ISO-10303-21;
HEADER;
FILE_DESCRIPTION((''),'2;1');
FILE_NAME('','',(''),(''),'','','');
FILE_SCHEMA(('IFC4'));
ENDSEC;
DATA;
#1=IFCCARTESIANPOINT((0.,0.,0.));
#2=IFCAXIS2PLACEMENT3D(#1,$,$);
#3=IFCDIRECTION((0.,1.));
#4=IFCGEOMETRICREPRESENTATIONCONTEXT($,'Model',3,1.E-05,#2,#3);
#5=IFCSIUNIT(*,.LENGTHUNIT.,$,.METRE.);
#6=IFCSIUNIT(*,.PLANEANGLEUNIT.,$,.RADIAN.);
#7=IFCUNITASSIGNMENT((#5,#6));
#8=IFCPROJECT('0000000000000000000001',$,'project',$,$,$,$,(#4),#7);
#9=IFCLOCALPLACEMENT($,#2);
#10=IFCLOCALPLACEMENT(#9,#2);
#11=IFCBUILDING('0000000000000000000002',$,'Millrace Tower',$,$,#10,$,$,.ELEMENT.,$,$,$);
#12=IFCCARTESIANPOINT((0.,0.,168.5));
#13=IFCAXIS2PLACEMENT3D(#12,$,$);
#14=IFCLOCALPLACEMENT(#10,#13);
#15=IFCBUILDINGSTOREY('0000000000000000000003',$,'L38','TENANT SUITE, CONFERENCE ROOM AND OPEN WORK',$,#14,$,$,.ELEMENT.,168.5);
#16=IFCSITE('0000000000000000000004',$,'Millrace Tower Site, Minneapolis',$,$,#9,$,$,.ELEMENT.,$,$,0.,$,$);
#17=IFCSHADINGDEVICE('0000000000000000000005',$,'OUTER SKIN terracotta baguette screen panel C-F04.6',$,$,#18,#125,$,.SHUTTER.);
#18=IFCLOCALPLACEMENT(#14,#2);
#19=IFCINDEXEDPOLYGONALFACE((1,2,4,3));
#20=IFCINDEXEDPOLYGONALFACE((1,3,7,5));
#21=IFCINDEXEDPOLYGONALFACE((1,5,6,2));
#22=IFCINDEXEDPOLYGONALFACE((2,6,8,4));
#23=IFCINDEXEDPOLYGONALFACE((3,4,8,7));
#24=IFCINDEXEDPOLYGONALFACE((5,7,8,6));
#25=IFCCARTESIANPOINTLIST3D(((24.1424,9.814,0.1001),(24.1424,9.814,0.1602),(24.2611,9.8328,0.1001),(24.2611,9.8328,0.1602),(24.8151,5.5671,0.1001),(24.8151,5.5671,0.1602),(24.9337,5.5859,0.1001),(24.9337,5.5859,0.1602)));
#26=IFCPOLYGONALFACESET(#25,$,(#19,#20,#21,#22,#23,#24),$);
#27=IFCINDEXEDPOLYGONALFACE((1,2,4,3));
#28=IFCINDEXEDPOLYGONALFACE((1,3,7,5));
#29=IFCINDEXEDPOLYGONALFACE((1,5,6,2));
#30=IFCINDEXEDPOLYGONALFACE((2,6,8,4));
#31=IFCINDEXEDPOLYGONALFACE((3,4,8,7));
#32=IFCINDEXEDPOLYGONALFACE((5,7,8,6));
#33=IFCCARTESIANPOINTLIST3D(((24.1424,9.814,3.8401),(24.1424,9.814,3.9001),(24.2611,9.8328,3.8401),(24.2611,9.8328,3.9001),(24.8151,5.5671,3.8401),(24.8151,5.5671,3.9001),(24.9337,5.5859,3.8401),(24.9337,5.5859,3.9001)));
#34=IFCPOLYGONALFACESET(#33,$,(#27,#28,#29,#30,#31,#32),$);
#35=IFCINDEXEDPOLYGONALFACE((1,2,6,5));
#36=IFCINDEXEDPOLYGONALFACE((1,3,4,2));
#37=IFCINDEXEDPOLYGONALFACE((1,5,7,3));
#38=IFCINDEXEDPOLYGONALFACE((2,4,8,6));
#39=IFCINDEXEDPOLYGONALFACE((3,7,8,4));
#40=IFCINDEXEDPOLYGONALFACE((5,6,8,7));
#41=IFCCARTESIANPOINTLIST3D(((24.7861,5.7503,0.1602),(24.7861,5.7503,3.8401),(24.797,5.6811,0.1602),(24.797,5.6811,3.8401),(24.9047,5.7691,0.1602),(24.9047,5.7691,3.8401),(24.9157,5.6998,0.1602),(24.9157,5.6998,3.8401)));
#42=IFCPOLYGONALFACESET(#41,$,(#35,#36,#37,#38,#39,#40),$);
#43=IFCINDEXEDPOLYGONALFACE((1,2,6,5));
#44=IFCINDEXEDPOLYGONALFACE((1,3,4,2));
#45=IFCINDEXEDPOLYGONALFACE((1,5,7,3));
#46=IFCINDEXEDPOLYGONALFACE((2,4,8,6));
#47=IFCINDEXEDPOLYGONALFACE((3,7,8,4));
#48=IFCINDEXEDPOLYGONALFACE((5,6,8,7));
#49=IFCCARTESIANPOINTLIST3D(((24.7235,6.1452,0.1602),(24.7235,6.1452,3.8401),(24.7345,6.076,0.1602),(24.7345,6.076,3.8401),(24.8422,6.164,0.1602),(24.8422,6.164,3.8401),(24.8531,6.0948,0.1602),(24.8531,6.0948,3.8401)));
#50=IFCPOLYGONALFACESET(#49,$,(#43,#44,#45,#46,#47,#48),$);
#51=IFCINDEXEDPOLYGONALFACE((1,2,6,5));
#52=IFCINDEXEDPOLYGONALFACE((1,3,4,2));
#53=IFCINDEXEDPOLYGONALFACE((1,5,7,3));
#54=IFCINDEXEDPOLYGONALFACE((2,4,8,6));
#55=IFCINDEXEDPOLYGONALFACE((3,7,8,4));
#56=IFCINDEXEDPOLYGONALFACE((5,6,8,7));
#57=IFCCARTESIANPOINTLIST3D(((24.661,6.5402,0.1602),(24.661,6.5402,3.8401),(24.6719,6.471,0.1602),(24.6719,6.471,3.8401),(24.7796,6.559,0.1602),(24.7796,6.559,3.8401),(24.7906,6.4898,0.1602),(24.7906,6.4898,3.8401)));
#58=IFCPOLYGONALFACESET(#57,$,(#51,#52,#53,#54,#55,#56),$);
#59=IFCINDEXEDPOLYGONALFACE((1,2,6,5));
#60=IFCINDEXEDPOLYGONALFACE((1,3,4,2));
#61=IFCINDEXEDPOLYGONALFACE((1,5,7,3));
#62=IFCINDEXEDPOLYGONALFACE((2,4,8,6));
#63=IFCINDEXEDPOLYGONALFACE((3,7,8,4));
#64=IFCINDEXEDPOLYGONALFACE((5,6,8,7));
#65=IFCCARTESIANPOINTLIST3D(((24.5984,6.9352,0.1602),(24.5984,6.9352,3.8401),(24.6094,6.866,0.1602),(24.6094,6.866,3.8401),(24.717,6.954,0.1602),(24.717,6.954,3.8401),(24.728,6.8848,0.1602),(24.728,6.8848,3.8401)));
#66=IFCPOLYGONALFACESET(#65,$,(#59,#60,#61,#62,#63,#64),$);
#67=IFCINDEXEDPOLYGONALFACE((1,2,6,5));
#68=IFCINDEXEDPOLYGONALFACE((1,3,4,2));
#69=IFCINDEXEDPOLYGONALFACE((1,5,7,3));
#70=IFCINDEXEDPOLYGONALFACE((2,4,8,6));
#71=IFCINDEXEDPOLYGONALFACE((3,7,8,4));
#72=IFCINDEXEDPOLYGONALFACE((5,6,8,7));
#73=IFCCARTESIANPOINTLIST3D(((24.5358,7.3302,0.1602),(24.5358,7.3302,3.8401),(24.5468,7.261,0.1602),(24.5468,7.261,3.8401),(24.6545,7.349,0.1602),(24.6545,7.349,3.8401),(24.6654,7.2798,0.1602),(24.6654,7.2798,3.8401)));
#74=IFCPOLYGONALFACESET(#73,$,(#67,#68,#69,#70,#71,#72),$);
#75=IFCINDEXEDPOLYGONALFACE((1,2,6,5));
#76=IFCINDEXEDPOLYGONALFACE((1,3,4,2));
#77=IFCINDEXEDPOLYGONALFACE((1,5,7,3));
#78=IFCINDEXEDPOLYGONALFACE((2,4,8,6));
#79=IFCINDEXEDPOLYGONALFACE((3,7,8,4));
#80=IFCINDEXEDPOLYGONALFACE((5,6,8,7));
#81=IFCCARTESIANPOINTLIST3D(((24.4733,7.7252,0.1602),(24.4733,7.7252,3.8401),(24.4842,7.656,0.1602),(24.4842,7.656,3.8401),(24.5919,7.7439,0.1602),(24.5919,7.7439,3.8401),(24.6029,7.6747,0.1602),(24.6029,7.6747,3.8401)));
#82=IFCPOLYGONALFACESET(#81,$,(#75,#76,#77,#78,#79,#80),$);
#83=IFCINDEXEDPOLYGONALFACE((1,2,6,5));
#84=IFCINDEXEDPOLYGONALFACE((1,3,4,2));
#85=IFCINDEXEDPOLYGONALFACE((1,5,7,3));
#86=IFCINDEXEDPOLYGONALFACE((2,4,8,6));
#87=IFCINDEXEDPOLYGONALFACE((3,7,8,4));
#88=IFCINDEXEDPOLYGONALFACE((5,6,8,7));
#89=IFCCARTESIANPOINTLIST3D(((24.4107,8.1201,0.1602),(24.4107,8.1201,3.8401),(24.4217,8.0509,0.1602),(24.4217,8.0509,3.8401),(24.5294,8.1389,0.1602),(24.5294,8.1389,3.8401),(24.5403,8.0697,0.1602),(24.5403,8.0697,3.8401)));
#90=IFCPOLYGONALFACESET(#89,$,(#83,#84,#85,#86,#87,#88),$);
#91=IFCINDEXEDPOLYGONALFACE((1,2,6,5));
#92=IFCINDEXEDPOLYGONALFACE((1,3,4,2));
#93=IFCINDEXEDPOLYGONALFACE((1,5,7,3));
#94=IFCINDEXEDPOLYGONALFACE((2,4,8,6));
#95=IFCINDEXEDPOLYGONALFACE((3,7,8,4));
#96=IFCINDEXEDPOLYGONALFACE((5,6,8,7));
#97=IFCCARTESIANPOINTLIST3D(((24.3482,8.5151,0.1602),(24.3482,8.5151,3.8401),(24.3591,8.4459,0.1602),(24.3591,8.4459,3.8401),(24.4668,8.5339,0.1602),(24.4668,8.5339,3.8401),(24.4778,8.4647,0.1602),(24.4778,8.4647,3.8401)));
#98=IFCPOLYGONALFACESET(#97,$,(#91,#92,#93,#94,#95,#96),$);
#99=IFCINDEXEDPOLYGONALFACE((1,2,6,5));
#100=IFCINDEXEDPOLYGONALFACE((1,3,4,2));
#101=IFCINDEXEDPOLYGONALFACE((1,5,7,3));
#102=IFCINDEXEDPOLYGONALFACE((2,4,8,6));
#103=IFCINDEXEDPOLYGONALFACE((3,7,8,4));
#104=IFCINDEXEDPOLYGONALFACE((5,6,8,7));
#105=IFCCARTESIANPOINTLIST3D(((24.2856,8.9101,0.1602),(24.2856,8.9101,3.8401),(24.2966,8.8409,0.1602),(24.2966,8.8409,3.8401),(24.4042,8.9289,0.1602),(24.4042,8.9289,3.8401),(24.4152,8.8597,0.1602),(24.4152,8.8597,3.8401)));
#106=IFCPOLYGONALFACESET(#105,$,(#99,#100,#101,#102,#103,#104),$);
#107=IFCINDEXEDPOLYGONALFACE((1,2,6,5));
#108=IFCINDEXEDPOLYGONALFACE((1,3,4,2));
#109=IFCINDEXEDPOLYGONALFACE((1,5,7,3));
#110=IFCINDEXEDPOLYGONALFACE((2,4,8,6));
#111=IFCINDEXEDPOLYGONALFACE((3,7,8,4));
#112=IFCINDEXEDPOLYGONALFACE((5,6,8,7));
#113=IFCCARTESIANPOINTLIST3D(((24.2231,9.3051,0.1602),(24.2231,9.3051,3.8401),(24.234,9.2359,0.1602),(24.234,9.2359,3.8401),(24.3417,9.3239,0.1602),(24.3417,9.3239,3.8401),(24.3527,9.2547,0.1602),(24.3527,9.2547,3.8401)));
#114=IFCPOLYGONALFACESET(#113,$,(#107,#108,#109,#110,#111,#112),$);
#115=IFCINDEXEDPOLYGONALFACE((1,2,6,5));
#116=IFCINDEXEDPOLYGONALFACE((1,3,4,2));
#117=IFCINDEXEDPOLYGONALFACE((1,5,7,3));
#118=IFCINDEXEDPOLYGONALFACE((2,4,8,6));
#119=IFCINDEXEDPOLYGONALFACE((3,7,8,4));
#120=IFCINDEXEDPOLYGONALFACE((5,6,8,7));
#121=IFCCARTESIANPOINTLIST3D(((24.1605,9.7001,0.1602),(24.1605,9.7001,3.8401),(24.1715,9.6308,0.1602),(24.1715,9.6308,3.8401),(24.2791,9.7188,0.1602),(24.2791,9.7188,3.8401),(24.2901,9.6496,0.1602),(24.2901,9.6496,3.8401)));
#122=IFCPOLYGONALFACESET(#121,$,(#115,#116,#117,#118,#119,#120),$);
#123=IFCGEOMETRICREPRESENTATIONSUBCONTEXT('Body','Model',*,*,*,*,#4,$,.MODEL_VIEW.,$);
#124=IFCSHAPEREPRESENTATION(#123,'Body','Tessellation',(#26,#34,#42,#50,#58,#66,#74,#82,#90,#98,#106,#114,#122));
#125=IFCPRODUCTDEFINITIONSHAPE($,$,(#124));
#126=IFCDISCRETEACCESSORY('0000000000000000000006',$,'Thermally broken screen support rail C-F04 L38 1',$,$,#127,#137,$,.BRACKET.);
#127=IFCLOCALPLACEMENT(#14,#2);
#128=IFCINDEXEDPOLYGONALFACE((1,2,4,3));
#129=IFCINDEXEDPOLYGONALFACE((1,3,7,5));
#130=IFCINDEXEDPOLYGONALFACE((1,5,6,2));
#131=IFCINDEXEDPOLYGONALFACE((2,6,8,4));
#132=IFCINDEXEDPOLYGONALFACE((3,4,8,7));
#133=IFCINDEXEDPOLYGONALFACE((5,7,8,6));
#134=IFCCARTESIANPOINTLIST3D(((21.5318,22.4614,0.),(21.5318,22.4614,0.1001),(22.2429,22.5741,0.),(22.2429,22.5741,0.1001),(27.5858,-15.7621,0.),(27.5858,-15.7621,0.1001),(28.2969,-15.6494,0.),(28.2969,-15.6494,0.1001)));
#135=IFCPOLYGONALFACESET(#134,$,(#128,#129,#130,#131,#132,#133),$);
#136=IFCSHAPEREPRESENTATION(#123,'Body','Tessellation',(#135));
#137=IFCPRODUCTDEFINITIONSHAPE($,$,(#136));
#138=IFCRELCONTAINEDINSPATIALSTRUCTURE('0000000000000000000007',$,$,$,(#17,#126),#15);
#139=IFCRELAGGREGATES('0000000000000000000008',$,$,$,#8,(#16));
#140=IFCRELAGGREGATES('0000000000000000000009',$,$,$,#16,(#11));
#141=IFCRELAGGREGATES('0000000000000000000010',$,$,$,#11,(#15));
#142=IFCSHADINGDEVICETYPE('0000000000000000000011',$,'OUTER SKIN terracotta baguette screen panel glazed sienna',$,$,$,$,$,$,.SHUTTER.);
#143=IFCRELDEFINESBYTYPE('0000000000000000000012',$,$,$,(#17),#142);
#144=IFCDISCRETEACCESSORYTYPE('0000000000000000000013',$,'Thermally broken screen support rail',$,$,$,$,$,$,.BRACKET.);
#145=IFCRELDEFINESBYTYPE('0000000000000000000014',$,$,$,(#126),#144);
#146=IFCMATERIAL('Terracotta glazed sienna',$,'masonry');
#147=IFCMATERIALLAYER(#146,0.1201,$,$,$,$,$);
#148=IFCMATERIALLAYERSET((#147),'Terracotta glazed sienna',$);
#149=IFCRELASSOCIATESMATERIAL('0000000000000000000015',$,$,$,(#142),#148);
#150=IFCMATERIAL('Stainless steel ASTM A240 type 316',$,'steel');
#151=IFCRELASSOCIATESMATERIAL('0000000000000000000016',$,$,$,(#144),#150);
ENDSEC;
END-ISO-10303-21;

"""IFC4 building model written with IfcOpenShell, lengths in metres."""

from ifc_helpers import new_model, entity, si_unit, direction, frame, frame_2d, origin, origin_2d, place, context, subcontext, project, spatial, rectangle, extrude, source, transform, mapped, material, layer, layer_set, type_object, element, save


model = new_model("IFC4")

# Units and contexts
model_context = context("Model", 3, precision=1e-05, world=origin(), true_north=direction((0.0, 1.0)))
body_context = subcontext(model_context, "Body", "Model", "MODEL_VIEW")
ifc_project = project(units=[si_unit("LENGTHUNIT", "METRE"), si_unit("PLANEANGLEUNIT", "RADIAN")], contexts=[model_context])

# Site, building, storey
site_placement = place(None, origin())
site = spatial("IfcSite", under=ifc_project, at=site_placement, Name="Millrace Tower Site, Minneapolis", CompositionType="ELEMENT", RefElevation=0.0)
building_placement = place(site_placement, origin())
building = spatial("IfcBuilding", under=site, at=building_placement, Name="Millrace Tower", CompositionType="ELEMENT")
storey_placement = place(building_placement, frame((0.0, 0.0, 168.5)))
storey = spatial("IfcBuildingStorey", under=building, at=storey_placement, Name="L38", Description="TENANT SUITE, CONFERENCE ROOM AND OPEN WORK", CompositionType="ELEMENT", Elevation=168.5)

# Shading device
ifc_material_1 = material(Name="Terracotta glazed sienna", Category="masonry")
ifc_layer_1 = layer(ifc_material_1, 0.1201)
ifc_layer_set_1 = layer_set([ifc_layer_1], Name="Terracotta glazed sienna")
shading_device_type = type_object("IfcShadingDeviceType", Name="OUTER SKIN terracotta baguette screen panel glazed sienna", PredefinedType="SHUTTER", material=ifc_layer_set_1)
cartesian_point = entity("IfcCartesianPoint", [-2.1499, 0.0601])
shared_polyline = entity("IfcPolyline", [cartesian_point, entity("IfcCartesianPoint", [2.1499, 0.0601]), entity("IfcCartesianPoint", [2.1499, -0.0601]), entity("IfcCartesianPoint", [-2.1499, -0.0601]), cartesian_point])
shared_shape = source(origin(), body_context, "Body", "SweptSolid", [
    entity("IfcExtrudedAreaSolid", entity("IfcArbitraryClosedProfileDef", "AREA", None, shared_polyline), entity("IfcAxis2Placement3D", entity("IfcCartesianPoint", [0.0, 0.0, 0.0])), entity("IfcDirection", [0.0, 0.0, 1.0]), 0.0601),
    entity("IfcExtrudedAreaSolid", entity("IfcArbitraryClosedProfileDef", "AREA", None, shared_polyline), entity("IfcAxis2Placement3D", entity("IfcCartesianPoint", [0.0, 0.0, 3.74])), entity("IfcDirection", [0.0, 0.0, 1.0]), 0.0601),
    extrude(rectangle(XDim=0.0701, YDim=0.1201, at=frame_2d((-1.9995, 0.0))), frame((0.0, 0.0, 0.0601)), (0.0, 0.0, 1.0), 3.6799),
    extrude(rectangle(XDim=0.0701, YDim=0.1201, at=frame_2d((-1.5996, 0.0))), frame((0.0, 0.0, 0.0601)), (0.0, 0.0, 1.0), 3.6799),
    extrude(rectangle(XDim=0.0701, YDim=0.1201, at=frame_2d((-1.1997, 0.0))), frame((0.0, 0.0, 0.0601)), (0.0, 0.0, 1.0), 3.6799),
    extrude(rectangle(XDim=0.0701, YDim=0.1201, at=frame_2d((-0.7998, 0.0))), frame((0.0, 0.0, 0.0601)), (0.0, 0.0, 1.0), 3.6799),
    extrude(rectangle(XDim=0.0701, YDim=0.1201, at=frame_2d((-0.3999, 0.0))), frame((0.0, 0.0, 0.0601)), (0.0, 0.0, 1.0), 3.6799),
    extrude(rectangle(XDim=0.0701, YDim=0.1201, at=origin_2d()), frame((0.0, 0.0, 0.0601)), (0.0, 0.0, 1.0), 3.6799),
    extrude(rectangle(XDim=0.0701, YDim=0.1201, at=frame_2d((0.3999, 0.0))), frame((0.0, 0.0, 0.0601)), (0.0, 0.0, 1.0), 3.6799),
    extrude(rectangle(XDim=0.0701, YDim=0.1201, at=frame_2d((0.7998, 0.0))), frame((0.0, 0.0, 0.0601)), (0.0, 0.0, 1.0), 3.6799),
    extrude(rectangle(XDim=0.0701, YDim=0.1201, at=frame_2d((1.1997, 0.0))), frame((0.0, 0.0, 0.0601)), (0.0, 0.0, 1.0), 3.6799),
    extrude(rectangle(XDim=0.0701, YDim=0.1201, at=frame_2d((1.5996, 0.0))), frame((0.0, 0.0, 0.0601)), (0.0, 0.0, 1.0), 3.6799),
    extrude(rectangle(XDim=0.0701, YDim=0.1201, at=frame_2d((1.9995, 0.0))), frame((0.0, 0.0, 0.0601)), (0.0, 0.0, 1.0), 3.6799),
])
for number, where, z_axis, x_axis, name in (
    (1, (24.5381, 7.7, 0.1001), (0.0, 0.0, 1.0), (-0.156434, 0.987688, 0.0), "OUTER SKIN terracotta baguette screen panel C-F04.6"),
):
    element("IfcShadingDevice", number, at=place(storey_placement, frame(where, z_axis=z_axis, x_axis=x_axis)), inside=storey, type_object=shading_device_type, Name=name, PredefinedType="SHUTTER", context=body_context, shape_type="MappedRepresentation", body=[
        mapped(shared_shape, transform((0.0, 0.0, 0.0), scale=1.0)),
    ])

# Discrete accessory
ifc_material_2 = material(Name="Stainless steel ASTM A240 type 316", Category="steel")
discrete_accessory_type = type_object("IfcDiscreteAccessoryType", Name="Thermally broken screen support rail", PredefinedType="BRACKET", material=ifc_material_2)
discrete_accessory_placement = place(storey_placement, frame((24.9143, 3.406, 0.0), z_axis=(0.0, 0.0, 1.0), x_axis=(-0.156434, 0.987688, 0.0)))
element("IfcDiscreteAccessory", 2, at=discrete_accessory_placement, inside=storey, type_object=discrete_accessory_type, Name="Thermally broken screen support rail C-F04 L38 1", PredefinedType="BRACKET", context=body_context, shape_type="SweptSolid", body=[
    extrude(rectangle(XDim=38.7, YDim=0.72, at=origin_2d()), origin(), (0.0, 0.0, 1.0), 0.1001),
])

save(model, "model.ifc")
